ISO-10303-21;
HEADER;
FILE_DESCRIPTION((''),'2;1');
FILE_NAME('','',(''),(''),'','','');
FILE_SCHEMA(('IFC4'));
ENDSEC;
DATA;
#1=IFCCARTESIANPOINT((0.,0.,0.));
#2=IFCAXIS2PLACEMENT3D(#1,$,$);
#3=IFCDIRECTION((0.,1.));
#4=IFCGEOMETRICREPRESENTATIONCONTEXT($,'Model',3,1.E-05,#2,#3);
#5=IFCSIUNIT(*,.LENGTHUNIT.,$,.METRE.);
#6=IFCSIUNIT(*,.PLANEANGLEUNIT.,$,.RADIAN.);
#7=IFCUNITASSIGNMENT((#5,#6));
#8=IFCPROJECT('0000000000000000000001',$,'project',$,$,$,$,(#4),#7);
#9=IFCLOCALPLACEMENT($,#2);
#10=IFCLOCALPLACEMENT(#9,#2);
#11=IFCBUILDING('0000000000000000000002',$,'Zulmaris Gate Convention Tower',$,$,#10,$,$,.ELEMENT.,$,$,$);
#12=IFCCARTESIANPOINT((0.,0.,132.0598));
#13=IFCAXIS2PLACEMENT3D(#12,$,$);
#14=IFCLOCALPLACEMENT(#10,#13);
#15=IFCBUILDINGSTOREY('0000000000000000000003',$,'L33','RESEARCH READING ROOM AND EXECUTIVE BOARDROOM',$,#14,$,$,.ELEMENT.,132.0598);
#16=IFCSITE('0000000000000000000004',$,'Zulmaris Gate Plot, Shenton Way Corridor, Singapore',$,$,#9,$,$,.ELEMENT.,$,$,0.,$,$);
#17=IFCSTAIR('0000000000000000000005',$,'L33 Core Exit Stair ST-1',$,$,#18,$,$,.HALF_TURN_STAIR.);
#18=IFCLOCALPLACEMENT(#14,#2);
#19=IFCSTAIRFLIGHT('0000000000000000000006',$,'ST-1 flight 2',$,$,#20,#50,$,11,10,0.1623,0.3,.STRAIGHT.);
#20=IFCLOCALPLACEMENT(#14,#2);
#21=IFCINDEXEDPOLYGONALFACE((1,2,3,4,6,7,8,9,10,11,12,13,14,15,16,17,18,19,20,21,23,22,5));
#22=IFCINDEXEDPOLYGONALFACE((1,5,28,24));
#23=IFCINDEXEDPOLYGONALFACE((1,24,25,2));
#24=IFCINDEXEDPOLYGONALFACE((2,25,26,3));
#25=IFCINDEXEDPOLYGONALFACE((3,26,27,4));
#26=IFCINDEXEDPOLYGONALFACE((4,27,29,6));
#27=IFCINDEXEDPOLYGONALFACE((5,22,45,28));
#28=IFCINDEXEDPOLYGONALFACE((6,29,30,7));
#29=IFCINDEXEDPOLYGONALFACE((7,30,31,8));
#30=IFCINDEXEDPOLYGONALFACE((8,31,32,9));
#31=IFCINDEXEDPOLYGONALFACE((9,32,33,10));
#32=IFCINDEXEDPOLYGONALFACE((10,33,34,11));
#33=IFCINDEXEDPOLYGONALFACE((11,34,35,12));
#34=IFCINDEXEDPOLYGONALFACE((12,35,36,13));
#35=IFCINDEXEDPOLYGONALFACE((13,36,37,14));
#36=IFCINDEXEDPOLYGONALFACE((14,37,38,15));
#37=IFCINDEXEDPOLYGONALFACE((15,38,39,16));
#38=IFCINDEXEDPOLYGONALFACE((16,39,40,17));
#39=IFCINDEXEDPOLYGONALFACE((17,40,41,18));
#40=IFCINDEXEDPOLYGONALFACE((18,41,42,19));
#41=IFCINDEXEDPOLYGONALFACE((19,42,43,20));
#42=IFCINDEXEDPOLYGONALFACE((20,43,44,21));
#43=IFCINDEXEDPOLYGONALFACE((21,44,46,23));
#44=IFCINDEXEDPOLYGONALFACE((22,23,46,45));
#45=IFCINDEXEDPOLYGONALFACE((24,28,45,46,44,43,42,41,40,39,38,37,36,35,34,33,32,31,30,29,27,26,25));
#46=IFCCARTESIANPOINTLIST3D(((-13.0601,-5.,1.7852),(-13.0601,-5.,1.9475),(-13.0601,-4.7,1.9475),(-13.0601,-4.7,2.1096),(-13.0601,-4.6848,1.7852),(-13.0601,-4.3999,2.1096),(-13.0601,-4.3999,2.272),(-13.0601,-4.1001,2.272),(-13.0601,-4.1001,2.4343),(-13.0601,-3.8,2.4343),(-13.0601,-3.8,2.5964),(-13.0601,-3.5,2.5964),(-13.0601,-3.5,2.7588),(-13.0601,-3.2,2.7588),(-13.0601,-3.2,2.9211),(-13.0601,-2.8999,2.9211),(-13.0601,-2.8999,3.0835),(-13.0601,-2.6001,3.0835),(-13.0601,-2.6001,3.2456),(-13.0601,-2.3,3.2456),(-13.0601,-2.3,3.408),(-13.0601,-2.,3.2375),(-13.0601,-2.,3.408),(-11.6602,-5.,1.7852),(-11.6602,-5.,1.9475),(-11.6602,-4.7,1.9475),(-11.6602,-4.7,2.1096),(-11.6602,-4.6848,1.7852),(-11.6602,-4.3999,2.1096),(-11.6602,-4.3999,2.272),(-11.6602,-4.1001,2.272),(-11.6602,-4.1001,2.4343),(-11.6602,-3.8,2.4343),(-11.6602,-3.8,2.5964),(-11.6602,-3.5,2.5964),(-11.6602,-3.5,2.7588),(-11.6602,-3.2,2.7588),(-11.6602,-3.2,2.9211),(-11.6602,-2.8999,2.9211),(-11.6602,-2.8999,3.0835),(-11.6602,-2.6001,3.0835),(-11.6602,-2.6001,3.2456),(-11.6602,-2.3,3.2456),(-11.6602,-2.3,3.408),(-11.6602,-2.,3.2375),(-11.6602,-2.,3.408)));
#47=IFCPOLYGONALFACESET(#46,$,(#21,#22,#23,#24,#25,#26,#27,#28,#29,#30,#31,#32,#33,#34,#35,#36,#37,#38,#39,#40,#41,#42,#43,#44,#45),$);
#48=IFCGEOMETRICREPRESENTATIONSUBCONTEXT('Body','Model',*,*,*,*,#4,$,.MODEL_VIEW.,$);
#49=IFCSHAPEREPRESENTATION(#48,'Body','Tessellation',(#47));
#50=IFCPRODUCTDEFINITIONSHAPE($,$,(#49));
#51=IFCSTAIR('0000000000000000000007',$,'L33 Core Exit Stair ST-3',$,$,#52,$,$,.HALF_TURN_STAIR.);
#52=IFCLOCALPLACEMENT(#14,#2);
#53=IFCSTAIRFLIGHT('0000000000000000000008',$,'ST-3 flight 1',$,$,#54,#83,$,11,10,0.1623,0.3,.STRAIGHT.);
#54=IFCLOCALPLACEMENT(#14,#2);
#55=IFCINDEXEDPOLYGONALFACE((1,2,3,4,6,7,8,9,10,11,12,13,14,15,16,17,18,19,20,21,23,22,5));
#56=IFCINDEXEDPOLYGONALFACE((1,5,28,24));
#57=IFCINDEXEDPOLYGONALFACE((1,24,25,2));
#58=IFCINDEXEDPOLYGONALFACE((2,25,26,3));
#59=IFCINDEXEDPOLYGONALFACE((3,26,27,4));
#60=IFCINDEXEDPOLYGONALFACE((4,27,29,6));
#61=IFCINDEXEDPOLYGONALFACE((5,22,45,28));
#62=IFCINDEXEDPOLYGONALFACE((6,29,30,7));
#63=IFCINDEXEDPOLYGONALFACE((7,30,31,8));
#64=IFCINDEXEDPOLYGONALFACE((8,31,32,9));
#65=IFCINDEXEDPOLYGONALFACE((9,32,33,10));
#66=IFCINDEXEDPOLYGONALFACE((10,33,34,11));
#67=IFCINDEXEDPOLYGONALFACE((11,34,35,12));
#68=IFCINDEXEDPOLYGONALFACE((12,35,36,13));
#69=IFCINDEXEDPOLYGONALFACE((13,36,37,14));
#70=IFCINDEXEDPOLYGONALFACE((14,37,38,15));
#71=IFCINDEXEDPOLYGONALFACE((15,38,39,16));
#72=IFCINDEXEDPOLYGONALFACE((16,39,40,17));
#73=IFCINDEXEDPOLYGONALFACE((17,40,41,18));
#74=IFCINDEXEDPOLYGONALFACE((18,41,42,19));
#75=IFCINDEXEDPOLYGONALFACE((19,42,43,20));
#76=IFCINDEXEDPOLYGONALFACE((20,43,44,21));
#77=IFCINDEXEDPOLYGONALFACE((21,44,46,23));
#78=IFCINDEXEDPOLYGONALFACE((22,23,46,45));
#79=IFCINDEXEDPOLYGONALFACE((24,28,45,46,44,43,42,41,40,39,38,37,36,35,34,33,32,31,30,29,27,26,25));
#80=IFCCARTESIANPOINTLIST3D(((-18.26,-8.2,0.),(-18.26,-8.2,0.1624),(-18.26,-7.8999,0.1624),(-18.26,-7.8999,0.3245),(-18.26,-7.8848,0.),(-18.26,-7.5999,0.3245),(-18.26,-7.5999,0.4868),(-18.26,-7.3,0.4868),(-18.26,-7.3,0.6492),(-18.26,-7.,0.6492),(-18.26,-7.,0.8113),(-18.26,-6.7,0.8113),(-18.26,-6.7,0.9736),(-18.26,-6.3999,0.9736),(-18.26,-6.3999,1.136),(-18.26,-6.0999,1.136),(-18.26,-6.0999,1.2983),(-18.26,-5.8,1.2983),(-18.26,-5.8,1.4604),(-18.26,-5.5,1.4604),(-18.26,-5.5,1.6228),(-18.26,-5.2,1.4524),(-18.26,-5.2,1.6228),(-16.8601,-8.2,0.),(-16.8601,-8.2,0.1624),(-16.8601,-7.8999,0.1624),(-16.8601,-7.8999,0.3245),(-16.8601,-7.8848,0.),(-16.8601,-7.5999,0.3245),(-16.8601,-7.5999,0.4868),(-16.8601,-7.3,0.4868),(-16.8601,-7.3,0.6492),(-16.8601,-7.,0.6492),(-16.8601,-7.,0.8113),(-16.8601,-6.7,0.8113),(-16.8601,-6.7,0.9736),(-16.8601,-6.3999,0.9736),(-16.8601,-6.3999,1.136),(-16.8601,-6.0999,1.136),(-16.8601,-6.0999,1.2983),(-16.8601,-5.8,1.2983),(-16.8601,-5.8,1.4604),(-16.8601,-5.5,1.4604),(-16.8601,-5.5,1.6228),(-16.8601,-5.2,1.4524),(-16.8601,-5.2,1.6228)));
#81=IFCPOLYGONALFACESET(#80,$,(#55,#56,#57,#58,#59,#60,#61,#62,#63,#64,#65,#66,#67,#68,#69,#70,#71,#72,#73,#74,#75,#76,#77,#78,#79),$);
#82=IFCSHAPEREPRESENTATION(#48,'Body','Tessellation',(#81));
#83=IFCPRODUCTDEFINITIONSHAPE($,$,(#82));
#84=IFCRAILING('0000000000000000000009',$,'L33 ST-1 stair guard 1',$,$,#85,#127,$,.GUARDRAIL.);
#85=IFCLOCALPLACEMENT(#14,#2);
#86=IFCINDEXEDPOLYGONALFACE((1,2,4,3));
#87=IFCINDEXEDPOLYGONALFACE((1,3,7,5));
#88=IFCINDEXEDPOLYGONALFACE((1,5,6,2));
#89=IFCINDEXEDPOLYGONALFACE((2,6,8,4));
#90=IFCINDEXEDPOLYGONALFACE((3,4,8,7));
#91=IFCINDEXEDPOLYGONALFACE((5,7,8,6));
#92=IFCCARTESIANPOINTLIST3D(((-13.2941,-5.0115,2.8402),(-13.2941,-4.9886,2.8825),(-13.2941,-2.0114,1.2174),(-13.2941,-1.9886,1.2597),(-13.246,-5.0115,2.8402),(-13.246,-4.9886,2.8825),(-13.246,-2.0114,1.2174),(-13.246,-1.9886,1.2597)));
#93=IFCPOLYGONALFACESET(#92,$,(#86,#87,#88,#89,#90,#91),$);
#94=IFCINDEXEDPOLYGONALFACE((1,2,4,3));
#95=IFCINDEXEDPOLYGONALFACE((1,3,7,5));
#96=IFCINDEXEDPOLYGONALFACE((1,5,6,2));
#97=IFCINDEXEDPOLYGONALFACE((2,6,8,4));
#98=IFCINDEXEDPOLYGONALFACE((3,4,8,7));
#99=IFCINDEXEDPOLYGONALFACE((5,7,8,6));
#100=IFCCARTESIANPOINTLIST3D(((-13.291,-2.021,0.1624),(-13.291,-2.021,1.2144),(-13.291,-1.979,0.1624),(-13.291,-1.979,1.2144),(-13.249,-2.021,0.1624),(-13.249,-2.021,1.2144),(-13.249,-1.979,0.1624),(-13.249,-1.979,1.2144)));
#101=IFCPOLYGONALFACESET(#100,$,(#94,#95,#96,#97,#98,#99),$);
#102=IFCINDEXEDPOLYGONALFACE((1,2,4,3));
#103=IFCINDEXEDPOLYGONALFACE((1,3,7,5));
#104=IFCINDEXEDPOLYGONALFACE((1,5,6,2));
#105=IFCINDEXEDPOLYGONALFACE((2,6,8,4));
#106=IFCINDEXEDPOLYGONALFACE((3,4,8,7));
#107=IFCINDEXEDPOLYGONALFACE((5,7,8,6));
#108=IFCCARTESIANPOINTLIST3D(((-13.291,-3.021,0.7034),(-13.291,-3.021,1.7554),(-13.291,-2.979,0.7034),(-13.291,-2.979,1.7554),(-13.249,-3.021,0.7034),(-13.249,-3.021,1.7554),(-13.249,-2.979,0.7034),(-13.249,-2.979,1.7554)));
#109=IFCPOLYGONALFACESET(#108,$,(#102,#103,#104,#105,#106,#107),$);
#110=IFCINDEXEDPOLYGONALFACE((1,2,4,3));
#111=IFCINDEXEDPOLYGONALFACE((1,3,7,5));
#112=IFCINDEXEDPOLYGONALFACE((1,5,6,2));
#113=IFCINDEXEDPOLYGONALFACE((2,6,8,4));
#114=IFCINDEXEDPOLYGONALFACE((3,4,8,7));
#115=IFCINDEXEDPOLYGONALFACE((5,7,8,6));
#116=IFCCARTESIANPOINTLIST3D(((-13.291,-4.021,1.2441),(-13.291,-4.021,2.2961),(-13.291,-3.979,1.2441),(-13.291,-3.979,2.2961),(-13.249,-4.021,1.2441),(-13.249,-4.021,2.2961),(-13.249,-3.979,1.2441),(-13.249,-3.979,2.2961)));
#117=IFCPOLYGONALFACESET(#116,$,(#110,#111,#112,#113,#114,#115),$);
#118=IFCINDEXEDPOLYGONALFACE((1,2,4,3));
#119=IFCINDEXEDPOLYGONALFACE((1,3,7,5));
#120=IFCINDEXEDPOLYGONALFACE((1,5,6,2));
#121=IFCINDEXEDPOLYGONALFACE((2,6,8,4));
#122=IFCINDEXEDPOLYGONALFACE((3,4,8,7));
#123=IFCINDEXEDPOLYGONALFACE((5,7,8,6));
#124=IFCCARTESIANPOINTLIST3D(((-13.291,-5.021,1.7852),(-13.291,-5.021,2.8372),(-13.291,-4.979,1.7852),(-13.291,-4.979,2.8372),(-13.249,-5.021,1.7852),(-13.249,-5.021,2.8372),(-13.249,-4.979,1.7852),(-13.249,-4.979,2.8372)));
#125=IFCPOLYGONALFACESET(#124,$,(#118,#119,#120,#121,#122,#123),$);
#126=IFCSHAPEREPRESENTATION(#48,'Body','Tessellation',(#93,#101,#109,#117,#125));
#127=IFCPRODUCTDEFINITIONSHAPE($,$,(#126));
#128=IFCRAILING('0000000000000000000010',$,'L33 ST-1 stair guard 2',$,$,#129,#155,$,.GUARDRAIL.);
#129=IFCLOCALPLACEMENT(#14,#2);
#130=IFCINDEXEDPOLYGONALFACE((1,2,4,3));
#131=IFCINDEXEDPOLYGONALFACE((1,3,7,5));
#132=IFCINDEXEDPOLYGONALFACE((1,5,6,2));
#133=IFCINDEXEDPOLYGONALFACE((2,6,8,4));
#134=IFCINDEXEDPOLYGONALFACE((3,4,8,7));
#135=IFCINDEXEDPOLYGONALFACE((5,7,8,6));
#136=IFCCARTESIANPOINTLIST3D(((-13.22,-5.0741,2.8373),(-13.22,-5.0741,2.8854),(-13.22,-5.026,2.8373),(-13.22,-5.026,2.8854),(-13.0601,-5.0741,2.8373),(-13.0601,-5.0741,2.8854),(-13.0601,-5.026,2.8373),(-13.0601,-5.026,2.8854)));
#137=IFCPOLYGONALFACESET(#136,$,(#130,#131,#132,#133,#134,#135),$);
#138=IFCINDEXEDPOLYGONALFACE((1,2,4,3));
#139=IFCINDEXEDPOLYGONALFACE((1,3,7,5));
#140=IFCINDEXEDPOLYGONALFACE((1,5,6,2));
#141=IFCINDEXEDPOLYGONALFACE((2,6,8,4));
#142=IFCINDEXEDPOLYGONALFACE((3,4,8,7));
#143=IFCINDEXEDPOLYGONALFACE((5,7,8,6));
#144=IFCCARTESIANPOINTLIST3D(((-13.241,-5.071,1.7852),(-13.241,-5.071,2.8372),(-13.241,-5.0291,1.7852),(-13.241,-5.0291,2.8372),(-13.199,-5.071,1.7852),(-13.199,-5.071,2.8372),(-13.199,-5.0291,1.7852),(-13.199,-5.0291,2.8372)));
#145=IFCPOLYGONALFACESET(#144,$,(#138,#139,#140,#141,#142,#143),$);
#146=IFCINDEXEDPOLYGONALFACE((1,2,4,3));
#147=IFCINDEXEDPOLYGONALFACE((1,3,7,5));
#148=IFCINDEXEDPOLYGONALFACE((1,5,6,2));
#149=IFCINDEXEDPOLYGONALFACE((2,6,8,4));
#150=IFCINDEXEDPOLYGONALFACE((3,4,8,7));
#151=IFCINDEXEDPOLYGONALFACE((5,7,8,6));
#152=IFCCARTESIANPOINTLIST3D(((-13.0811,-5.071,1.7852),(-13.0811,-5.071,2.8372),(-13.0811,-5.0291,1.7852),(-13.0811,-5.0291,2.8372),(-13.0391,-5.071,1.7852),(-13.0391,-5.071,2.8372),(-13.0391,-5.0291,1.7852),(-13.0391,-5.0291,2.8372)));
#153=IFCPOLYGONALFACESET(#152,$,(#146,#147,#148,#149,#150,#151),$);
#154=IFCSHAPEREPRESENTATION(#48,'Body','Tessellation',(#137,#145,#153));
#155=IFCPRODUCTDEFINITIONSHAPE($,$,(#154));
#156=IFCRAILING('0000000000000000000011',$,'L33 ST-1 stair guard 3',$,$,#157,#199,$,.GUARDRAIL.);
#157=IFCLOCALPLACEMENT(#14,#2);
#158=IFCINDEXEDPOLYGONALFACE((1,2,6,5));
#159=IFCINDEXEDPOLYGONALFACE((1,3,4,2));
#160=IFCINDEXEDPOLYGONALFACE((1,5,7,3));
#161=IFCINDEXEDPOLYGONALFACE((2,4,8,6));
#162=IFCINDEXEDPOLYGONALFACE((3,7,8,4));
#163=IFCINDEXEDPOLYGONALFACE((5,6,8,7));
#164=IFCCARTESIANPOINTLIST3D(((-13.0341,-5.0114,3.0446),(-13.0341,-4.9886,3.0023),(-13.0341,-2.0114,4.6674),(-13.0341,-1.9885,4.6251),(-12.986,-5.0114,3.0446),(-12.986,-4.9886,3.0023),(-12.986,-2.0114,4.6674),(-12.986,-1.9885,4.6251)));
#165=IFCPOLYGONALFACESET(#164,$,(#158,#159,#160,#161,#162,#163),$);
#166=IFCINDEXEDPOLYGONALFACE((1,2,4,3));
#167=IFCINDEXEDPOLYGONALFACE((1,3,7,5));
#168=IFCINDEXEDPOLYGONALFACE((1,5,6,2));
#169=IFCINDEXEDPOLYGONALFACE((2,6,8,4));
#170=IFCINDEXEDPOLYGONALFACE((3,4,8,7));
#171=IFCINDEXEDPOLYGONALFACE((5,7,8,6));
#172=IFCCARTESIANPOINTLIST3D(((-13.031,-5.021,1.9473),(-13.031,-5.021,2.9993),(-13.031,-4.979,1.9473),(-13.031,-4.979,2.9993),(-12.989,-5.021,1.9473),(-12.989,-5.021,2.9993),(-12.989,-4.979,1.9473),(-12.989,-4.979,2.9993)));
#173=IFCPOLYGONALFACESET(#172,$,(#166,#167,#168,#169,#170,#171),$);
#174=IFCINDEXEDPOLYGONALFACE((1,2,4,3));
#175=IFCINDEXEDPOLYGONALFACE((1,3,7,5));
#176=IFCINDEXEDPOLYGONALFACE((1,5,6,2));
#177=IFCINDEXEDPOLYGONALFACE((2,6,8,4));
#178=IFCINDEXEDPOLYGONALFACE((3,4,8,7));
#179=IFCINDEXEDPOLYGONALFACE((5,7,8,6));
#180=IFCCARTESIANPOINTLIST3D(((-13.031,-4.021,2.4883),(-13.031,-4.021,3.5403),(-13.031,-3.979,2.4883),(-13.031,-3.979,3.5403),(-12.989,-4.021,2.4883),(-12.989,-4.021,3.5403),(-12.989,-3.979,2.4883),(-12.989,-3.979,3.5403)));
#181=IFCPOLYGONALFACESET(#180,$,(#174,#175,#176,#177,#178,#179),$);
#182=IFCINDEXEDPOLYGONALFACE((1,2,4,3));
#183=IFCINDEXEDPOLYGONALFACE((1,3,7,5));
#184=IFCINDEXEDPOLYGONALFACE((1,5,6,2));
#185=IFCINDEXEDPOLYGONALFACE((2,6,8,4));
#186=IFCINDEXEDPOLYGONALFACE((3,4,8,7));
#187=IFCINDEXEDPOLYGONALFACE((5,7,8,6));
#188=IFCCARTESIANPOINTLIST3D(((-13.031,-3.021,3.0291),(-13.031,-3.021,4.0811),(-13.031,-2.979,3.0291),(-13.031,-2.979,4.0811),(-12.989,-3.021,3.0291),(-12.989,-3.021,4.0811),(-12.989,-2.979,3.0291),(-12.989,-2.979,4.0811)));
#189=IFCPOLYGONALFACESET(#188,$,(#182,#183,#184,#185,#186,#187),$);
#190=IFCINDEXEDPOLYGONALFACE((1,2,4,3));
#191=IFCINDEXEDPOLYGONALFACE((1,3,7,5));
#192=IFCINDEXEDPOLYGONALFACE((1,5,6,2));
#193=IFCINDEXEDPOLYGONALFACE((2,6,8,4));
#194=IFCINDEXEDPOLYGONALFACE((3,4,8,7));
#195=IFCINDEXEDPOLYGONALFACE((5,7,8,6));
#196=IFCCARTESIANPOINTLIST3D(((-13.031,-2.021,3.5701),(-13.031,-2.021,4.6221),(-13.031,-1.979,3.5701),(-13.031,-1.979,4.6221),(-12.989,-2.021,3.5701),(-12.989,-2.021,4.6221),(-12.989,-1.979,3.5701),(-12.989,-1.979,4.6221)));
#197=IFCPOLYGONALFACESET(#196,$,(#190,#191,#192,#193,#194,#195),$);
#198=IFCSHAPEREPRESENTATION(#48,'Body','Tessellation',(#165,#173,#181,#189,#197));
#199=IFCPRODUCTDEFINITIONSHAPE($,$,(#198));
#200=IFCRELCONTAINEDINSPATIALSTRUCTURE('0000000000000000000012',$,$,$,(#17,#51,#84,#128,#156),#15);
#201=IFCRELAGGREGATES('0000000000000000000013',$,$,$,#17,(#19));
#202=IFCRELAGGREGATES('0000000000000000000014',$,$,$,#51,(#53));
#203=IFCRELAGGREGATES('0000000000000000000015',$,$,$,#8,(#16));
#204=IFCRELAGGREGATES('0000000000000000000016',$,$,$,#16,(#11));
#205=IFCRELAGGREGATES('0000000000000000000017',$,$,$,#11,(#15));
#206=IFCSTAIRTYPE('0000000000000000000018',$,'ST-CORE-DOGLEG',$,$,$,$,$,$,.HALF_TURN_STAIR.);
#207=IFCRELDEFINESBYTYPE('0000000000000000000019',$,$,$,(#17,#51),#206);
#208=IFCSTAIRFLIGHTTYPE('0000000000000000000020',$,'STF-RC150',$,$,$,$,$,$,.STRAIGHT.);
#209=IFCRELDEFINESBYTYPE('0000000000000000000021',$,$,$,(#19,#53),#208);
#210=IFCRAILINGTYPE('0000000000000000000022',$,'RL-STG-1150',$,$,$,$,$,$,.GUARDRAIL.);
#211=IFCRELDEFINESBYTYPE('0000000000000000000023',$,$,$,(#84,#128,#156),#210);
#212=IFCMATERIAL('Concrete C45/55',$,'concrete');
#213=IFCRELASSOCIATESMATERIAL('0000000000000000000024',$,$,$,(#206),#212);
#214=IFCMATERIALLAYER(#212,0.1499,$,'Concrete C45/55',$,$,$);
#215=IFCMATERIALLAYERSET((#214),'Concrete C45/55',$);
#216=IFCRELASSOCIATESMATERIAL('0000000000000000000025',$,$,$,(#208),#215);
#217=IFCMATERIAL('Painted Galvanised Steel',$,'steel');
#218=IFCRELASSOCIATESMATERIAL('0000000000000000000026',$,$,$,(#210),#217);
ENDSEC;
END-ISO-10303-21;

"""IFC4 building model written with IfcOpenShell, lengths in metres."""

from ifc_helpers import new_model, si_unit, direction, frame, origin, origin_2d, place, context, subcontext, project, spatial, polyline, rectangle, outline, extrude, material, layer, layer_set, type_object, element, aggregate, save


model = new_model("IFC4")

# Units and contexts
model_context = context("Model", 3, precision=1e-05, world=origin(), true_north=direction((0.0, 1.0)))
body_context = subcontext(model_context, "Body", "Model", "MODEL_VIEW")
ifc_project = project(units=[si_unit("LENGTHUNIT", "METRE"), si_unit("PLANEANGLEUNIT", "RADIAN")], contexts=[model_context])

# Site, building, storey
site_placement = place(None, origin())
site = spatial("IfcSite", under=ifc_project, at=site_placement, Name="Zulmaris Gate Plot, Shenton Way Corridor, Singapore", CompositionType="ELEMENT", RefElevation=0.0)
building_placement = place(site_placement, origin())
building = spatial("IfcBuilding", under=site, at=building_placement, Name="Zulmaris Gate Convention Tower", CompositionType="ELEMENT")
storey_placement = place(building_placement, frame((0.0, 0.0, 132.0598)))
storey = spatial("IfcBuildingStorey", under=building, at=storey_placement, Name="L33", Description="RESEARCH READING ROOM AND EXECUTIVE BOARDROOM", CompositionType="ELEMENT", Elevation=132.0598)

# Stair, stair flight
ifc_material_1 = material(Name="Concrete C45/55", Category="concrete")
stair_type = type_object("IfcStairType", Name="ST-CORE-DOGLEG", PredefinedType="HALF_TURN_STAIR", material=ifc_material_1)
stair_1_placement = place(storey_placement, origin())
stair_1 = element("IfcStair", 1, at=stair_1_placement, inside=storey, type_object=stair_type, Name="L33 Core Exit Stair ST-1", PredefinedType="HALF_TURN_STAIR")
ifc_layer_1 = layer(ifc_material_1, 0.1499, Name="Concrete C45/55")
ifc_layer_set_1 = layer_set([ifc_layer_1], Name="Concrete C45/55")
stair_flight_type = type_object("IfcStairFlightType", Name="STF-RC150", PredefinedType="STRAIGHT", material=ifc_layer_set_1)
stair_flight_1_placement = place(storey_placement, frame((-12.3601, -5.0, 1.7852), z_axis=(0.0, 0.0, 1.0), x_axis=(0.0, 1.0, 0.0)))
stair_flight_1 = element("IfcStairFlight", 2, at=stair_flight_1_placement, type_object=stair_flight_type, Name="ST-1 flight 2", NumberOfRisers=11, NumberOfTreads=10, PredefinedType="STRAIGHT", RiserHeight=0.1623, TreadLength=0.3, context=body_context, shape_type="SweptSolid", body=[
    extrude(outline(polyline([(0.0, 0.0), (0.0, 0.1624), (0.3, 0.1624), (0.3, 0.3245), (0.6001, 0.3245), (0.6001, 0.4868), (0.8999, 0.4868), (0.8999, 0.6492), (1.2, 0.6492), (1.2, 0.8113), (1.5, 0.8113), (1.5, 0.9736), (1.8, 0.9736), (1.8, 1.136), (2.1001, 1.136), (2.1001, 1.2983), (2.3999, 1.2983), (2.3999, 1.4604), (2.7, 1.4604), (2.7, 1.6228), (3.0, 1.6228), (3.0, 1.7852), (3.0, 1.4524), (0.3152, 0.0), (0.0, 0.0)])), frame((0.0, 0.7, 0.0), z_axis=(0.0, -1.0, 0.0), x_axis=(1.0, 0.0, 0.0)), (0.0, 0.0, 1.0), 1.3999),
])
aggregate(stair_1, [stair_flight_1])

# Stair, stair flight
stair_2_placement = place(storey_placement, origin())
stair_2 = element("IfcStair", 3, at=stair_2_placement, inside=storey, type_object=stair_type, Name="L33 Core Exit Stair ST-3", PredefinedType="HALF_TURN_STAIR")
stair_flight_2_placement = place(storey_placement, frame((-17.5601, -8.2, 0.0), z_axis=(0.0, 0.0, 1.0), x_axis=(0.0, 1.0, 0.0)))
stair_flight_2 = element("IfcStairFlight", 4, at=stair_flight_2_placement, type_object=stair_flight_type, Name="ST-3 flight 1", NumberOfRisers=11, NumberOfTreads=10, PredefinedType="STRAIGHT", RiserHeight=0.1623, TreadLength=0.3, context=body_context, shape_type="SweptSolid", body=[
    extrude(outline(polyline([(0.0, 0.0), (0.0, 0.1624), (0.3, 0.1624), (0.3, 0.3245), (0.6001, 0.3245), (0.6001, 0.4868), (0.8999, 0.4868), (0.8999, 0.6492), (1.2, 0.6492), (1.2, 0.8113), (1.5, 0.8113), (1.5, 0.9736), (1.8, 0.9736), (1.8, 1.136), (2.1001, 1.136), (2.1001, 1.2983), (2.3999, 1.2983), (2.3999, 1.4604), (2.7, 1.4604), (2.7, 1.6228), (3.0, 1.6228), (3.0, 1.7852), (3.0, 1.4524), (0.3152, 0.0), (0.0, 0.0)])), frame((0.0, 0.7, 0.0), z_axis=(0.0, -1.0, 0.0), x_axis=(1.0, 0.0, 0.0)), (0.0, 0.0, 1.0), 1.3999),
])
aggregate(stair_2, [stair_flight_2])

# Railings
ifc_material_2 = material(Name="Painted Galvanised Steel", Category="steel")
railing_type_1 = type_object("IfcRailingType", Name="RL-STG-1150", PredefinedType="GUARDRAIL", material=ifc_material_2)
railing_1_placement = place(storey_placement, frame((-13.27, -2.0, 0.1624)))
element("IfcRailing", 5, at=railing_1_placement, inside=storey, type_object=railing_type_1, Name="L33 ST-1 stair guard 1", PredefinedType="GUARDRAIL", context=body_context, shape_type="SweptSolid", body=[
    extrude(rectangle(XDim=0.0481, YDim=0.0481, at=origin_2d()), frame((0.0, 0.0, 1.0762), z_axis=(0.0, -0.879562, 0.475785), x_axis=(1.0, 0.0, 0.0)), (0.0, 0.0, 1.0), 3.4109),
    extrude(rectangle(XDim=0.042, YDim=0.042, at=origin_2d()), origin(), (0.0, 0.0, 1.0), 1.052),
    extrude(rectangle(XDim=0.042, YDim=0.042, at=origin_2d()), frame((0.0, -1.0, 0.541)), (0.0, 0.0, 1.0), 1.052),
    extrude(rectangle(XDim=0.042, YDim=0.042, at=origin_2d()), frame((0.0, -2.0, 1.0818)), (0.0, 0.0, 1.0), 1.052),
    extrude(rectangle(XDim=0.042, YDim=0.042, at=origin_2d()), frame((0.0, -3.0, 1.6228)), (0.0, 0.0, 1.0), 1.052),
])
railing_2_placement = place(storey_placement, frame((-13.22, -5.05, 1.7852)))
element("IfcRailing", 6, at=railing_2_placement, inside=storey, type_object=railing_type_1, Name="L33 ST-1 stair guard 2", PredefinedType="GUARDRAIL", context=body_context, shape_type="SweptSolid", body=[
    extrude(rectangle(XDim=0.0481, YDim=0.0481, at=origin_2d()), frame((0.0, 0.0, 1.0762), z_axis=(1.0, 0.0, 0.0), x_axis=(0.0, 1.0, 0.0)), (0.0, 0.0, 1.0), 0.1599),
    extrude(rectangle(XDim=0.042, YDim=0.042, at=origin_2d()), origin(), (0.0, 0.0, 1.0), 1.052),
    extrude(rectangle(XDim=0.042, YDim=0.042, at=origin_2d()), frame((0.1599, 0.0, 0.0)), (0.0, 0.0, 1.0), 1.052),
])
railing_3_placement = place(storey_placement, frame((-13.01, -5.0, 1.9473)))
element("IfcRailing", 7, at=railing_3_placement, inside=storey, type_object=railing_type_1, Name="L33 ST-1 stair guard 3", PredefinedType="GUARDRAIL", context=body_context, shape_type="SweptSolid", body=[
    extrude(rectangle(XDim=0.0481, YDim=0.0481, at=origin_2d()), frame((0.0, 0.0, 1.0762), z_axis=(0.0, 0.879562, 0.475785), x_axis=(-1.0, 0.0, 0.0)), (0.0, 0.0, 1.0), 3.4109),
    extrude(rectangle(XDim=0.042, YDim=0.042, at=origin_2d()), origin(), (0.0, 0.0, 1.0), 1.052),
    extrude(rectangle(XDim=0.042, YDim=0.042, at=origin_2d()), frame((0.0, 1.0, 0.541)), (0.0, 0.0, 1.0), 1.052),
    extrude(rectangle(XDim=0.042, YDim=0.042, at=origin_2d()), frame((0.0, 2.0, 1.0818)), (0.0, 0.0, 1.0), 1.052),
    extrude(rectangle(XDim=0.042, YDim=0.042, at=origin_2d()), frame((0.0, 3.0, 1.6228)), (0.0, 0.0, 1.0), 1.052),
])

save(model, "model.ifc")
